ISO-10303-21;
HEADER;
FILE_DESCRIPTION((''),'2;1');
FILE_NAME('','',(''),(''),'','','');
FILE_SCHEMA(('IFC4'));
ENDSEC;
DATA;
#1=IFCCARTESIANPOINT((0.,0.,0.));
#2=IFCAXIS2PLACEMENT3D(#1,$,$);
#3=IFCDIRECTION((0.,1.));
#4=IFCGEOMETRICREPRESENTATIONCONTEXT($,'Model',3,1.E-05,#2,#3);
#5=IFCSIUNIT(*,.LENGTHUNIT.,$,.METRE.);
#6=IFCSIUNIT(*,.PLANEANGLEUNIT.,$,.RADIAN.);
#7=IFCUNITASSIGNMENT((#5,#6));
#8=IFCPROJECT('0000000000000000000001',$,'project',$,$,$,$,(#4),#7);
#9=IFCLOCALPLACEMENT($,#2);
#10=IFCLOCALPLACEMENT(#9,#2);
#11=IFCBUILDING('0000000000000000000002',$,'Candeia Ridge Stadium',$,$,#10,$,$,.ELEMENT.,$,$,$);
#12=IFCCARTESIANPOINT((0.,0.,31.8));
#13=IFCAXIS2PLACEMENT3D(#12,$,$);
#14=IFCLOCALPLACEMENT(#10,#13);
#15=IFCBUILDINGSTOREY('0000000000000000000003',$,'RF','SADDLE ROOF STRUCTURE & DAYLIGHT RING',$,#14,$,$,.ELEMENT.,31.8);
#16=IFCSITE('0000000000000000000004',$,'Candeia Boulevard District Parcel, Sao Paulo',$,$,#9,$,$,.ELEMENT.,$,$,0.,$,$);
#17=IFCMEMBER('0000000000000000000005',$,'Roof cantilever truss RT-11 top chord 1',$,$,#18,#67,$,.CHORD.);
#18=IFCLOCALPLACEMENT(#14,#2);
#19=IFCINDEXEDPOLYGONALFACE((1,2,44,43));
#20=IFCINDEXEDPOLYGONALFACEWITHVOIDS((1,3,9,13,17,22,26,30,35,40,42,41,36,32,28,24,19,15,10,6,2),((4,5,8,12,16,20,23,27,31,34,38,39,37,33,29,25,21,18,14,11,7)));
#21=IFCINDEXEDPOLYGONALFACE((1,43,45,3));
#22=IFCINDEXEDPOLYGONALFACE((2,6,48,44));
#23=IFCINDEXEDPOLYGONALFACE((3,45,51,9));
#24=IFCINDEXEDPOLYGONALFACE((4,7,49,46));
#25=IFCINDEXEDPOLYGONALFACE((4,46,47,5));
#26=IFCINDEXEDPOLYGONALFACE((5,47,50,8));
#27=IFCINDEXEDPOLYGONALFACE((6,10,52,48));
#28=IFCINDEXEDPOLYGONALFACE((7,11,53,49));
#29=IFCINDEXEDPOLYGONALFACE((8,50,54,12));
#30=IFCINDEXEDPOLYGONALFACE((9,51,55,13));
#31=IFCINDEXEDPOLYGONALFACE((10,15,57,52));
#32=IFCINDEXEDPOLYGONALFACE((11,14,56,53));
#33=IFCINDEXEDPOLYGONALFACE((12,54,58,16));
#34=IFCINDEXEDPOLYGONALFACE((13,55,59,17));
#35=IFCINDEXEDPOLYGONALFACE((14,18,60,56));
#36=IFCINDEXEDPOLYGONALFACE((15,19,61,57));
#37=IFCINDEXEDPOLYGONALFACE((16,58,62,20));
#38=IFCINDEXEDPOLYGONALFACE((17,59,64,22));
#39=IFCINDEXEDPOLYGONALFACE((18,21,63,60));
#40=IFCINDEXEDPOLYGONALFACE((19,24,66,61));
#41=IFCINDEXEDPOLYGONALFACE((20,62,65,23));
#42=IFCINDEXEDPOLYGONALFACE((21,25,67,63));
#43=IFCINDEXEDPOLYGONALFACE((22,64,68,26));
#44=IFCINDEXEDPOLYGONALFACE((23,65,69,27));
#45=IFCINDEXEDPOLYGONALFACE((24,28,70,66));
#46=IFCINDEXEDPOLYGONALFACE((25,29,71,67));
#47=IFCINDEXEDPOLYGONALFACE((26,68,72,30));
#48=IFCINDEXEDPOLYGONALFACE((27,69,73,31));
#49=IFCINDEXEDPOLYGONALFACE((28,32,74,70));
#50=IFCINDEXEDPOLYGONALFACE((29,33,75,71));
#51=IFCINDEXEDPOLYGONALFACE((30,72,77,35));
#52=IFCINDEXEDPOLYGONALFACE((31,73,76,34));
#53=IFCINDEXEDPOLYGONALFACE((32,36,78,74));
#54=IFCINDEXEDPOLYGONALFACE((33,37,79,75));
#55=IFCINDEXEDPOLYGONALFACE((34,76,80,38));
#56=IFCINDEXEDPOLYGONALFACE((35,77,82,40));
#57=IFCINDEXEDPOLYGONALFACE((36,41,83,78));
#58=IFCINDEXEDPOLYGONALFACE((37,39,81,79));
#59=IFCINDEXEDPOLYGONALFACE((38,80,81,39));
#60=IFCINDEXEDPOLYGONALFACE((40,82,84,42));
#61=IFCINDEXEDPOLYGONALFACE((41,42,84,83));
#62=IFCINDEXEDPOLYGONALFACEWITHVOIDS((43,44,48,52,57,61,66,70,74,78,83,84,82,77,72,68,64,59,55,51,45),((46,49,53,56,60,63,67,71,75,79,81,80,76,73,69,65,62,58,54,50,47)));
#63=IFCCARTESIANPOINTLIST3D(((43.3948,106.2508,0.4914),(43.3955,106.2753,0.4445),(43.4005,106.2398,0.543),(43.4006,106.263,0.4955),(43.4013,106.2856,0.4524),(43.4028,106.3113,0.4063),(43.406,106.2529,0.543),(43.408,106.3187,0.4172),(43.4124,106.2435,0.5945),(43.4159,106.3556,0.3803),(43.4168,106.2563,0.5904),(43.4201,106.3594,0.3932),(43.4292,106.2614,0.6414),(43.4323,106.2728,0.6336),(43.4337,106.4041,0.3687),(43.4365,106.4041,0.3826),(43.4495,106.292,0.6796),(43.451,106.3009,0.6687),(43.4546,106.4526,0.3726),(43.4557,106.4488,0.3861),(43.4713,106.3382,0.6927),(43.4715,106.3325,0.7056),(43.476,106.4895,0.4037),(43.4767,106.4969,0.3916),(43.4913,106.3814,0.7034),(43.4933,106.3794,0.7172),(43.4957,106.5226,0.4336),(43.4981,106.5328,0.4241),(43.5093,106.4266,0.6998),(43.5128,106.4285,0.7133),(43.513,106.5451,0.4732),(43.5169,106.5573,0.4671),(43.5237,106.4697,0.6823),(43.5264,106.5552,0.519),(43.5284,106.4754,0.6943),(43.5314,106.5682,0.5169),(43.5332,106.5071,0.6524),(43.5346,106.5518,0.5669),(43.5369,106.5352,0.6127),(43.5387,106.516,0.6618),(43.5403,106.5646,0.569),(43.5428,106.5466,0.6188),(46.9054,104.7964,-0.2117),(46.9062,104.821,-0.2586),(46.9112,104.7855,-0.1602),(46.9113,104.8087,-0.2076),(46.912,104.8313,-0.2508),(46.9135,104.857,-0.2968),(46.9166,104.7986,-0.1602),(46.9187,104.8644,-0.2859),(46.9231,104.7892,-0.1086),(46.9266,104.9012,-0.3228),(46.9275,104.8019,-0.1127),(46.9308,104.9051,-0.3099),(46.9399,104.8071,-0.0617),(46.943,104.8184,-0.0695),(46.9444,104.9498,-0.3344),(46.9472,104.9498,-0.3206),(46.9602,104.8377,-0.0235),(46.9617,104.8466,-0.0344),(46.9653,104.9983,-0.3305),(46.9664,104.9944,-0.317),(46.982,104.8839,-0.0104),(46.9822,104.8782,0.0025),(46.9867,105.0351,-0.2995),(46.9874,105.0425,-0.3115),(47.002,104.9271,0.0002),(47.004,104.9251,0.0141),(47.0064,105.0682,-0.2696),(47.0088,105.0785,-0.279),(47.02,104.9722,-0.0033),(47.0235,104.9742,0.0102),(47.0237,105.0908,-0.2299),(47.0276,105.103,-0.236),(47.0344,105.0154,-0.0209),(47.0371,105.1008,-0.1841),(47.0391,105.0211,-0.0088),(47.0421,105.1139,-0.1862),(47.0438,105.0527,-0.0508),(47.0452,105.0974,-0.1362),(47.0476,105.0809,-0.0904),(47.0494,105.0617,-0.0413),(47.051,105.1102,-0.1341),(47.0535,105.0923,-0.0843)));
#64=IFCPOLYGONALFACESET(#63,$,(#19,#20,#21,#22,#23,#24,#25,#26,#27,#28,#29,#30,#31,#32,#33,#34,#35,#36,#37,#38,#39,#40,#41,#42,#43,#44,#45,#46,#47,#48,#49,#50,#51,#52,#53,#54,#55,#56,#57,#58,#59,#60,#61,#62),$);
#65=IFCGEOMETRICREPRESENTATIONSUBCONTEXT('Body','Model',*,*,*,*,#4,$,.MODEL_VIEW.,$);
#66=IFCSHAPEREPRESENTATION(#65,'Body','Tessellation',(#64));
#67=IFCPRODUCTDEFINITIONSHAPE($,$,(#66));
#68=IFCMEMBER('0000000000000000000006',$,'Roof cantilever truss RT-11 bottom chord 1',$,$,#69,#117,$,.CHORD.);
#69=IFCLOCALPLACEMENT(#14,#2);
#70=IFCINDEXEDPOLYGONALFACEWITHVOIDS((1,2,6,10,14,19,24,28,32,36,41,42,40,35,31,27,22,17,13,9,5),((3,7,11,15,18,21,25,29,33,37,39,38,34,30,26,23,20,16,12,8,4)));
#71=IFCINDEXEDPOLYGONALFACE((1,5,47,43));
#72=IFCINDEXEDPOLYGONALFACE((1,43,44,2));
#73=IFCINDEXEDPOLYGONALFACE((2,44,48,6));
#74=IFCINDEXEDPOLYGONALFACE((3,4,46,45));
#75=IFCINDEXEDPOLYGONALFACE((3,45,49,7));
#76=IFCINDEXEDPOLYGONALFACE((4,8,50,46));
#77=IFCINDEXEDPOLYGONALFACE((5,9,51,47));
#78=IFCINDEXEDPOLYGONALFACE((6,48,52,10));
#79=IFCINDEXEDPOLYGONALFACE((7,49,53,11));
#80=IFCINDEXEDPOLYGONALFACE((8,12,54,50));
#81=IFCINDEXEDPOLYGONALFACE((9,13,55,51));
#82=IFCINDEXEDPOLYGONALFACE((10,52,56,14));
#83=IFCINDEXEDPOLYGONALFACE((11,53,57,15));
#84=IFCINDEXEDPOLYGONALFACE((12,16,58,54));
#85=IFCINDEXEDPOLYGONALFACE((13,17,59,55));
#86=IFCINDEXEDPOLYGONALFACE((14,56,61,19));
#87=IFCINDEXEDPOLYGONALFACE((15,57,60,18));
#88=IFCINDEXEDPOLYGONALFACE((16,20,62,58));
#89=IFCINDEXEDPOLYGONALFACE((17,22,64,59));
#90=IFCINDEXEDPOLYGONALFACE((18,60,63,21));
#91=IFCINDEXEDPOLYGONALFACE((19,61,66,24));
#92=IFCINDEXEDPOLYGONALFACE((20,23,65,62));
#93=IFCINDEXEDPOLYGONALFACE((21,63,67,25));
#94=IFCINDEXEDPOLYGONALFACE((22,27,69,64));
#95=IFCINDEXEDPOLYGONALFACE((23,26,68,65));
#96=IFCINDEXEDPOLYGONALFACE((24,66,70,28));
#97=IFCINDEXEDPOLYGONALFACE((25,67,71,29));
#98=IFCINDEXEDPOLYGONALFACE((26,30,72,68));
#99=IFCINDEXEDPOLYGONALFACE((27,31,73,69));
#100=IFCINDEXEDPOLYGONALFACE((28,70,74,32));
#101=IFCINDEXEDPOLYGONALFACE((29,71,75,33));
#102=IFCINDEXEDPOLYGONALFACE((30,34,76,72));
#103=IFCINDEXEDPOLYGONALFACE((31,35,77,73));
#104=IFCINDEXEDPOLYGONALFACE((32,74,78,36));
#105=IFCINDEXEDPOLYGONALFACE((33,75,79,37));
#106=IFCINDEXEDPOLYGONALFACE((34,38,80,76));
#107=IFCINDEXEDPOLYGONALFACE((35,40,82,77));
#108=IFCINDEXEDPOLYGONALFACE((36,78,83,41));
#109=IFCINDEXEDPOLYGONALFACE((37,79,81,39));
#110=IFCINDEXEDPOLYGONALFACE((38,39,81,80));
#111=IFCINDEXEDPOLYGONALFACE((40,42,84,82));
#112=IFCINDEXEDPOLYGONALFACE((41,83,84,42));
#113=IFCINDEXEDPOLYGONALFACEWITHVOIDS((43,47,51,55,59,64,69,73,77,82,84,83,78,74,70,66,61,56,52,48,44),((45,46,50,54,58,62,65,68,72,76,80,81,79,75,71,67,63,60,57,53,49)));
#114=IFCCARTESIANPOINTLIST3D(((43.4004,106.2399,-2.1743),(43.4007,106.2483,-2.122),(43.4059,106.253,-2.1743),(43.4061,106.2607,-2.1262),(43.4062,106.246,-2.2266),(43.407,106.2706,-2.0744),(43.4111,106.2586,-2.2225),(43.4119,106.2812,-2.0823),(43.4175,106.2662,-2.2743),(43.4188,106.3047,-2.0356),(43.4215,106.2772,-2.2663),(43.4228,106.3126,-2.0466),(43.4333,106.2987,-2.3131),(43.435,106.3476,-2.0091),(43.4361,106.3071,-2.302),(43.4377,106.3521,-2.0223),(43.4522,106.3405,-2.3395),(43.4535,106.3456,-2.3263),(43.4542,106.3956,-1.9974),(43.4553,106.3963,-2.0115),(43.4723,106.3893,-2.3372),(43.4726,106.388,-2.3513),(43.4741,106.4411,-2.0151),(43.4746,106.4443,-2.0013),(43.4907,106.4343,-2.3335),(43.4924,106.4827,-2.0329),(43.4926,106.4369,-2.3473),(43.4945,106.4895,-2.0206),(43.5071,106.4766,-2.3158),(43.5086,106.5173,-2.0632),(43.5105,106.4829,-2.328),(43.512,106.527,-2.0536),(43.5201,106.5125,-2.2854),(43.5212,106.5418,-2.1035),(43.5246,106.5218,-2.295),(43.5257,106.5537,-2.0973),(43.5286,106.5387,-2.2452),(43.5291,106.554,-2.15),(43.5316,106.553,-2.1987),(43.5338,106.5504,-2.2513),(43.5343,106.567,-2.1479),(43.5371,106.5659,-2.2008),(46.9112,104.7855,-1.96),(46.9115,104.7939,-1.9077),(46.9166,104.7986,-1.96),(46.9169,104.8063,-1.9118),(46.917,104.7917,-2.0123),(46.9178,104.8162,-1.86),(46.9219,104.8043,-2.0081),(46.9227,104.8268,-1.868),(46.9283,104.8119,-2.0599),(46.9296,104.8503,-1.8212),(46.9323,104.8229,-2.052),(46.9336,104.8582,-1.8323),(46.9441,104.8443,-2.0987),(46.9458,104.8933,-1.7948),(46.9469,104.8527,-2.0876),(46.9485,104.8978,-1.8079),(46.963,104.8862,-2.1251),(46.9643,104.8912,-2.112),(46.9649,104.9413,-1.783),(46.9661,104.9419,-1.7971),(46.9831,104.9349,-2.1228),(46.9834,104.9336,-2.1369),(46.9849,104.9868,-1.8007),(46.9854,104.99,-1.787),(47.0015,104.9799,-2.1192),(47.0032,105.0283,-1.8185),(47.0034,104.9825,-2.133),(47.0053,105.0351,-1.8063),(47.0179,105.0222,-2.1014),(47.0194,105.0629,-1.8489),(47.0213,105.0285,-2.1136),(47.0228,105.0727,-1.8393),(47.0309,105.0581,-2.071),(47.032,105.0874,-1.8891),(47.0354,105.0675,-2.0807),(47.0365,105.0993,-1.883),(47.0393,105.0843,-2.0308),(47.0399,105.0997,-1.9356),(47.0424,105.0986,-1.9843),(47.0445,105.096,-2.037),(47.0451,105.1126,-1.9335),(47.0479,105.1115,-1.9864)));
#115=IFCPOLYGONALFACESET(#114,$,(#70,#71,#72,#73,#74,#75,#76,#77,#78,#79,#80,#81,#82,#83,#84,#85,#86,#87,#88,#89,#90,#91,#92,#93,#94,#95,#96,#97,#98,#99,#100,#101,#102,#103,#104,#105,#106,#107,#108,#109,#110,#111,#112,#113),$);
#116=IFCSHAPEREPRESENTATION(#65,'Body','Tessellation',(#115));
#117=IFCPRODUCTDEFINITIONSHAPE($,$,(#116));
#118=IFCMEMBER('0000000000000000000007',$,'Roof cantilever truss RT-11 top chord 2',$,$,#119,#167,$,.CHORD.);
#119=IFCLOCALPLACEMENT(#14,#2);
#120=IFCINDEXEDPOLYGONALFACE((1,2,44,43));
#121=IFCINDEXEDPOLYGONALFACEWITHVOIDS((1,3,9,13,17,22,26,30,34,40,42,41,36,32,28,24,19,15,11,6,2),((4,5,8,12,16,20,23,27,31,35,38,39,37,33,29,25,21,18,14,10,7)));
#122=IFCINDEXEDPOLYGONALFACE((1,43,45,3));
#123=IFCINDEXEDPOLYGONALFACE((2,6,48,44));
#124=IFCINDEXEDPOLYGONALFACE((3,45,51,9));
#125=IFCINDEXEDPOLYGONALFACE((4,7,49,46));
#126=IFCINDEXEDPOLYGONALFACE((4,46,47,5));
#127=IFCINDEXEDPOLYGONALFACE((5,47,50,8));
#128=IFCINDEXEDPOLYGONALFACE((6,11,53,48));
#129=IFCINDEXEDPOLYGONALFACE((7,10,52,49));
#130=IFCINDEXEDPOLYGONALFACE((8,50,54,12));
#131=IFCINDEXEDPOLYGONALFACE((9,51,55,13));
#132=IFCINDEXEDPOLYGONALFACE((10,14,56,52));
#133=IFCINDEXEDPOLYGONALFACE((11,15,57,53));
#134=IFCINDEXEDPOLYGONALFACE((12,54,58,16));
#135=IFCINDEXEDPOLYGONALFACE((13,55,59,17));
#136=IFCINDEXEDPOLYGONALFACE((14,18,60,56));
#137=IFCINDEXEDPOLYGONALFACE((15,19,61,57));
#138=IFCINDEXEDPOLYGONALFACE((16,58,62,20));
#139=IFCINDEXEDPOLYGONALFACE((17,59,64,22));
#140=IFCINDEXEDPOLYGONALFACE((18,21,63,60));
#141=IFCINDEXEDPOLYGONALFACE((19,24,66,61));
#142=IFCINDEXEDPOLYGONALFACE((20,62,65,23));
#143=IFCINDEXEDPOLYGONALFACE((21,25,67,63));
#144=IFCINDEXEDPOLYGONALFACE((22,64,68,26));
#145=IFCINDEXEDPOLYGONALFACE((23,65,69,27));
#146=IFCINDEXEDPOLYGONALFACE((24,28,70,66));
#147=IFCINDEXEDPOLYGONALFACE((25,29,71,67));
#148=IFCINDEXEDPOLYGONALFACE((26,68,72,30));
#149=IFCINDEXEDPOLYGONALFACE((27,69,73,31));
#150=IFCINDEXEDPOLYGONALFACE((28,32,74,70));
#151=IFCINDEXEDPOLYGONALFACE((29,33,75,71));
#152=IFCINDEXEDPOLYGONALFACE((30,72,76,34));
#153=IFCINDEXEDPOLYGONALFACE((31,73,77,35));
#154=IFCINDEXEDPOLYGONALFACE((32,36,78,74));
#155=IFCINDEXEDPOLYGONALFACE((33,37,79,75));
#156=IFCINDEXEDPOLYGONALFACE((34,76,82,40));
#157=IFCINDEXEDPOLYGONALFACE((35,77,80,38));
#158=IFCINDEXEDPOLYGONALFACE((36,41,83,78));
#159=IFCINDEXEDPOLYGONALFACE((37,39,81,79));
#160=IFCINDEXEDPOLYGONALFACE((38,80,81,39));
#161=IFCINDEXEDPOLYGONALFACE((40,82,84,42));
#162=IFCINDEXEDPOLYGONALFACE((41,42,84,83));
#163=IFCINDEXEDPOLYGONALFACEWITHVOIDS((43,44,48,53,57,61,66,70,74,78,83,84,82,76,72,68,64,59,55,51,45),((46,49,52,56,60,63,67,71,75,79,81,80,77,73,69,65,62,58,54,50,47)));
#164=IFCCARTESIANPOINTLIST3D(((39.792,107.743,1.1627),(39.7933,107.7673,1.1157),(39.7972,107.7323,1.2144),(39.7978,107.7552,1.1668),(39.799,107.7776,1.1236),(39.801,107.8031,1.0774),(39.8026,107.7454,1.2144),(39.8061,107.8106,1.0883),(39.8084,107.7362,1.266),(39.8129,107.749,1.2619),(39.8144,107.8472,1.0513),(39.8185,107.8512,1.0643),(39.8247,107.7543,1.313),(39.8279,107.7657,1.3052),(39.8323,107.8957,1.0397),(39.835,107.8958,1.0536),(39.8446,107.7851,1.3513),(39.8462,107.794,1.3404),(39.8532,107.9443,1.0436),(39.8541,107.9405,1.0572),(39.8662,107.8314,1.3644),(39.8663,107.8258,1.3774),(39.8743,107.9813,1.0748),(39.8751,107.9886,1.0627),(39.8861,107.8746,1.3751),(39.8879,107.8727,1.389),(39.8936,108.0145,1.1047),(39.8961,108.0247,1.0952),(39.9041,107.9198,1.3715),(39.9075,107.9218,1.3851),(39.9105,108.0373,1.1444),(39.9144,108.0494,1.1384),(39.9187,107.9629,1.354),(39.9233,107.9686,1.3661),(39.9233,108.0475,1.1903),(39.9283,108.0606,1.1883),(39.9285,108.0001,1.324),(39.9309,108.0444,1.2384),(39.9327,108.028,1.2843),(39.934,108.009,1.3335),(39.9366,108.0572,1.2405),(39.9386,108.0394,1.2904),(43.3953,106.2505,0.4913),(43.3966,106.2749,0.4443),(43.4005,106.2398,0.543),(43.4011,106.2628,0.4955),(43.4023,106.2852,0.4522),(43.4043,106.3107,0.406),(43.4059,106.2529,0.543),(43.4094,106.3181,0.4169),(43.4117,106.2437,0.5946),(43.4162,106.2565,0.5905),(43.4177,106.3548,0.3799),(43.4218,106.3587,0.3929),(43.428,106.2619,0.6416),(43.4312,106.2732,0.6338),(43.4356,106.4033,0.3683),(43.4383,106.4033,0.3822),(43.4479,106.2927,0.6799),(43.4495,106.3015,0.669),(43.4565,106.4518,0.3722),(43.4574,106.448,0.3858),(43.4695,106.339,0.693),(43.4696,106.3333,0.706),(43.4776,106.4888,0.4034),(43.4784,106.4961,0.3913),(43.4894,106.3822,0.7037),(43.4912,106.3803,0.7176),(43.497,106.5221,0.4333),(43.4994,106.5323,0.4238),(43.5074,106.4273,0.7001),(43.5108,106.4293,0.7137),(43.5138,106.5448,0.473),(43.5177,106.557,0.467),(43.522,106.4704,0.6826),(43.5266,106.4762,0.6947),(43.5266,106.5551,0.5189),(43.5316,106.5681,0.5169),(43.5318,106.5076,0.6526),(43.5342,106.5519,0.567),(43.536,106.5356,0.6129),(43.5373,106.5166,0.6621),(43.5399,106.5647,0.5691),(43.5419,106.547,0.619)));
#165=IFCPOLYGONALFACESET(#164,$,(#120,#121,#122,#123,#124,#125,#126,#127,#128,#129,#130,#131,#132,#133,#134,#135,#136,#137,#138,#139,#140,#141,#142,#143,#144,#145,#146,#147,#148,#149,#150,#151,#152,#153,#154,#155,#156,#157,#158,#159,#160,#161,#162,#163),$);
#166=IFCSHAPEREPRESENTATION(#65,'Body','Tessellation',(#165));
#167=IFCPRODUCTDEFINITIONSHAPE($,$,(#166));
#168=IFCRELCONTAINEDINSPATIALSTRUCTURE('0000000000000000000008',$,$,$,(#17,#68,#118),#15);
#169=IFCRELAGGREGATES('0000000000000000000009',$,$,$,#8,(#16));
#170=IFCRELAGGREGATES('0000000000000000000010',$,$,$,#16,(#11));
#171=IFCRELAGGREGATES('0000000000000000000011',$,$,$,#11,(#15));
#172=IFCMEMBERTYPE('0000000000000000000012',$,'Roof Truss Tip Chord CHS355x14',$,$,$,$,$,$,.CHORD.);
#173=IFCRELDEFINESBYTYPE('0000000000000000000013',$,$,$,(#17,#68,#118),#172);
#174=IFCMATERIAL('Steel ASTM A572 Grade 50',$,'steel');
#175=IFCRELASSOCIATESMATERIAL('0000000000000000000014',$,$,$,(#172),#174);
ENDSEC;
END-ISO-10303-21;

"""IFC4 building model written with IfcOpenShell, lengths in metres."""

from ifc_helpers import new_model, si_unit, direction, frame, origin, origin_2d, place, context, subcontext, project, spatial, hollow_circle, extrude, material, material_profile, profile_set, type_object, element, save


model = new_model("IFC4")

# Units and contexts
model_context = context("Model", 3, precision=1e-05, world=origin(), true_north=direction((0.0, 1.0)))
body_context = subcontext(model_context, "Body", "Model", "MODEL_VIEW")
ifc_project = project(units=[si_unit("LENGTHUNIT", "METRE"), si_unit("PLANEANGLEUNIT", "RADIAN")], contexts=[model_context])

# Site, building, storey
site_placement = place(None, origin())
site = spatial("IfcSite", under=ifc_project, at=site_placement, Name="Candeia Boulevard District Parcel, Sao Paulo", CompositionType="ELEMENT", RefElevation=0.0)
building_placement = place(site_placement, origin())
building = spatial("IfcBuilding", under=site, at=building_placement, Name="Candeia Ridge Stadium", CompositionType="ELEMENT")
storey_placement = place(building_placement, frame((0.0, 0.0, 31.8)))
storey = spatial("IfcBuildingStorey", under=building, at=storey_placement, Name="RF", Description="SADDLE ROOF STRUCTURE & DAYLIGHT RING", CompositionType="ELEMENT", Elevation=31.8)

# Shared definitions
ifc_material_1 = material(Name="Steel ASTM A572 Grade 50", Category="steel")

# Members
ifc_material_profile_1 = material_profile(ifc_material_1, hollow_circle(Radius=0.1777, WallThickness=0.0142, at=origin_2d()), Name="CHS355x14", Category="steel")
ifc_profile_set_1 = profile_set([ifc_material_profile_1], Name="Steel ASTM A572 Grade 50")
member_type_1 = type_object("IfcMemberType", Name="Roof Truss Tip Chord CHS355x14", PredefinedType="CHORD", material=ifc_profile_set_1)
member_1_placement = place(storey_placement, frame((46.9792, 104.9497, -0.1602), z_axis=(-0.908446, 0.376329, 0.181942), x_axis=(-0.382717, -0.923866, 0.0)))
element("IfcMember", 1, at=member_1_placement, inside=storey, type_object=member_type_1, Name="Roof cantilever truss RT-11 top chord 1", PredefinedType="CHORD", context=body_context, shape_type="SweptSolid", body=[
    extrude(hollow_circle(Radius=0.1777, WallThickness=0.0142, at=origin_2d()), origin(), (0.0, 0.0, 1.0), 3.8645),
])
member_2_placement = place(storey_placement, frame((46.9792, 104.9497, -1.96), z_axis=(-0.922399, 0.382109, -0.056319), x_axis=(-0.382717, -0.923866, 0.0)))
element("IfcMember", 2, at=member_2_placement, inside=storey, type_object=member_type_1, Name="Roof cantilever truss RT-11 bottom chord 1", PredefinedType="CHORD", context=body_context, shape_type="SweptSolid", body=[
    extrude(hollow_circle(Radius=0.1777, WallThickness=0.0142, at=origin_2d()), origin(), (0.0, 0.0, 1.0), 3.8062),
])
member_3_placement = place(storey_placement, frame((43.4685, 106.4041, 0.543), z_axis=(-0.910496, 0.377116, 0.16965), x_axis=(-0.382663, -0.923888, 0.0)))
element("IfcMember", 3, at=member_3_placement, inside=storey, type_object=member_type_1, Name="Roof cantilever truss RT-11 top chord 2", PredefinedType="CHORD", context=body_context, shape_type="SweptSolid", body=[
    extrude(hollow_circle(Radius=0.1777, WallThickness=0.0142, at=origin_2d()), origin(), (0.0, 0.0, 1.0), 3.9575),
])

save(model, "model.ifc")
